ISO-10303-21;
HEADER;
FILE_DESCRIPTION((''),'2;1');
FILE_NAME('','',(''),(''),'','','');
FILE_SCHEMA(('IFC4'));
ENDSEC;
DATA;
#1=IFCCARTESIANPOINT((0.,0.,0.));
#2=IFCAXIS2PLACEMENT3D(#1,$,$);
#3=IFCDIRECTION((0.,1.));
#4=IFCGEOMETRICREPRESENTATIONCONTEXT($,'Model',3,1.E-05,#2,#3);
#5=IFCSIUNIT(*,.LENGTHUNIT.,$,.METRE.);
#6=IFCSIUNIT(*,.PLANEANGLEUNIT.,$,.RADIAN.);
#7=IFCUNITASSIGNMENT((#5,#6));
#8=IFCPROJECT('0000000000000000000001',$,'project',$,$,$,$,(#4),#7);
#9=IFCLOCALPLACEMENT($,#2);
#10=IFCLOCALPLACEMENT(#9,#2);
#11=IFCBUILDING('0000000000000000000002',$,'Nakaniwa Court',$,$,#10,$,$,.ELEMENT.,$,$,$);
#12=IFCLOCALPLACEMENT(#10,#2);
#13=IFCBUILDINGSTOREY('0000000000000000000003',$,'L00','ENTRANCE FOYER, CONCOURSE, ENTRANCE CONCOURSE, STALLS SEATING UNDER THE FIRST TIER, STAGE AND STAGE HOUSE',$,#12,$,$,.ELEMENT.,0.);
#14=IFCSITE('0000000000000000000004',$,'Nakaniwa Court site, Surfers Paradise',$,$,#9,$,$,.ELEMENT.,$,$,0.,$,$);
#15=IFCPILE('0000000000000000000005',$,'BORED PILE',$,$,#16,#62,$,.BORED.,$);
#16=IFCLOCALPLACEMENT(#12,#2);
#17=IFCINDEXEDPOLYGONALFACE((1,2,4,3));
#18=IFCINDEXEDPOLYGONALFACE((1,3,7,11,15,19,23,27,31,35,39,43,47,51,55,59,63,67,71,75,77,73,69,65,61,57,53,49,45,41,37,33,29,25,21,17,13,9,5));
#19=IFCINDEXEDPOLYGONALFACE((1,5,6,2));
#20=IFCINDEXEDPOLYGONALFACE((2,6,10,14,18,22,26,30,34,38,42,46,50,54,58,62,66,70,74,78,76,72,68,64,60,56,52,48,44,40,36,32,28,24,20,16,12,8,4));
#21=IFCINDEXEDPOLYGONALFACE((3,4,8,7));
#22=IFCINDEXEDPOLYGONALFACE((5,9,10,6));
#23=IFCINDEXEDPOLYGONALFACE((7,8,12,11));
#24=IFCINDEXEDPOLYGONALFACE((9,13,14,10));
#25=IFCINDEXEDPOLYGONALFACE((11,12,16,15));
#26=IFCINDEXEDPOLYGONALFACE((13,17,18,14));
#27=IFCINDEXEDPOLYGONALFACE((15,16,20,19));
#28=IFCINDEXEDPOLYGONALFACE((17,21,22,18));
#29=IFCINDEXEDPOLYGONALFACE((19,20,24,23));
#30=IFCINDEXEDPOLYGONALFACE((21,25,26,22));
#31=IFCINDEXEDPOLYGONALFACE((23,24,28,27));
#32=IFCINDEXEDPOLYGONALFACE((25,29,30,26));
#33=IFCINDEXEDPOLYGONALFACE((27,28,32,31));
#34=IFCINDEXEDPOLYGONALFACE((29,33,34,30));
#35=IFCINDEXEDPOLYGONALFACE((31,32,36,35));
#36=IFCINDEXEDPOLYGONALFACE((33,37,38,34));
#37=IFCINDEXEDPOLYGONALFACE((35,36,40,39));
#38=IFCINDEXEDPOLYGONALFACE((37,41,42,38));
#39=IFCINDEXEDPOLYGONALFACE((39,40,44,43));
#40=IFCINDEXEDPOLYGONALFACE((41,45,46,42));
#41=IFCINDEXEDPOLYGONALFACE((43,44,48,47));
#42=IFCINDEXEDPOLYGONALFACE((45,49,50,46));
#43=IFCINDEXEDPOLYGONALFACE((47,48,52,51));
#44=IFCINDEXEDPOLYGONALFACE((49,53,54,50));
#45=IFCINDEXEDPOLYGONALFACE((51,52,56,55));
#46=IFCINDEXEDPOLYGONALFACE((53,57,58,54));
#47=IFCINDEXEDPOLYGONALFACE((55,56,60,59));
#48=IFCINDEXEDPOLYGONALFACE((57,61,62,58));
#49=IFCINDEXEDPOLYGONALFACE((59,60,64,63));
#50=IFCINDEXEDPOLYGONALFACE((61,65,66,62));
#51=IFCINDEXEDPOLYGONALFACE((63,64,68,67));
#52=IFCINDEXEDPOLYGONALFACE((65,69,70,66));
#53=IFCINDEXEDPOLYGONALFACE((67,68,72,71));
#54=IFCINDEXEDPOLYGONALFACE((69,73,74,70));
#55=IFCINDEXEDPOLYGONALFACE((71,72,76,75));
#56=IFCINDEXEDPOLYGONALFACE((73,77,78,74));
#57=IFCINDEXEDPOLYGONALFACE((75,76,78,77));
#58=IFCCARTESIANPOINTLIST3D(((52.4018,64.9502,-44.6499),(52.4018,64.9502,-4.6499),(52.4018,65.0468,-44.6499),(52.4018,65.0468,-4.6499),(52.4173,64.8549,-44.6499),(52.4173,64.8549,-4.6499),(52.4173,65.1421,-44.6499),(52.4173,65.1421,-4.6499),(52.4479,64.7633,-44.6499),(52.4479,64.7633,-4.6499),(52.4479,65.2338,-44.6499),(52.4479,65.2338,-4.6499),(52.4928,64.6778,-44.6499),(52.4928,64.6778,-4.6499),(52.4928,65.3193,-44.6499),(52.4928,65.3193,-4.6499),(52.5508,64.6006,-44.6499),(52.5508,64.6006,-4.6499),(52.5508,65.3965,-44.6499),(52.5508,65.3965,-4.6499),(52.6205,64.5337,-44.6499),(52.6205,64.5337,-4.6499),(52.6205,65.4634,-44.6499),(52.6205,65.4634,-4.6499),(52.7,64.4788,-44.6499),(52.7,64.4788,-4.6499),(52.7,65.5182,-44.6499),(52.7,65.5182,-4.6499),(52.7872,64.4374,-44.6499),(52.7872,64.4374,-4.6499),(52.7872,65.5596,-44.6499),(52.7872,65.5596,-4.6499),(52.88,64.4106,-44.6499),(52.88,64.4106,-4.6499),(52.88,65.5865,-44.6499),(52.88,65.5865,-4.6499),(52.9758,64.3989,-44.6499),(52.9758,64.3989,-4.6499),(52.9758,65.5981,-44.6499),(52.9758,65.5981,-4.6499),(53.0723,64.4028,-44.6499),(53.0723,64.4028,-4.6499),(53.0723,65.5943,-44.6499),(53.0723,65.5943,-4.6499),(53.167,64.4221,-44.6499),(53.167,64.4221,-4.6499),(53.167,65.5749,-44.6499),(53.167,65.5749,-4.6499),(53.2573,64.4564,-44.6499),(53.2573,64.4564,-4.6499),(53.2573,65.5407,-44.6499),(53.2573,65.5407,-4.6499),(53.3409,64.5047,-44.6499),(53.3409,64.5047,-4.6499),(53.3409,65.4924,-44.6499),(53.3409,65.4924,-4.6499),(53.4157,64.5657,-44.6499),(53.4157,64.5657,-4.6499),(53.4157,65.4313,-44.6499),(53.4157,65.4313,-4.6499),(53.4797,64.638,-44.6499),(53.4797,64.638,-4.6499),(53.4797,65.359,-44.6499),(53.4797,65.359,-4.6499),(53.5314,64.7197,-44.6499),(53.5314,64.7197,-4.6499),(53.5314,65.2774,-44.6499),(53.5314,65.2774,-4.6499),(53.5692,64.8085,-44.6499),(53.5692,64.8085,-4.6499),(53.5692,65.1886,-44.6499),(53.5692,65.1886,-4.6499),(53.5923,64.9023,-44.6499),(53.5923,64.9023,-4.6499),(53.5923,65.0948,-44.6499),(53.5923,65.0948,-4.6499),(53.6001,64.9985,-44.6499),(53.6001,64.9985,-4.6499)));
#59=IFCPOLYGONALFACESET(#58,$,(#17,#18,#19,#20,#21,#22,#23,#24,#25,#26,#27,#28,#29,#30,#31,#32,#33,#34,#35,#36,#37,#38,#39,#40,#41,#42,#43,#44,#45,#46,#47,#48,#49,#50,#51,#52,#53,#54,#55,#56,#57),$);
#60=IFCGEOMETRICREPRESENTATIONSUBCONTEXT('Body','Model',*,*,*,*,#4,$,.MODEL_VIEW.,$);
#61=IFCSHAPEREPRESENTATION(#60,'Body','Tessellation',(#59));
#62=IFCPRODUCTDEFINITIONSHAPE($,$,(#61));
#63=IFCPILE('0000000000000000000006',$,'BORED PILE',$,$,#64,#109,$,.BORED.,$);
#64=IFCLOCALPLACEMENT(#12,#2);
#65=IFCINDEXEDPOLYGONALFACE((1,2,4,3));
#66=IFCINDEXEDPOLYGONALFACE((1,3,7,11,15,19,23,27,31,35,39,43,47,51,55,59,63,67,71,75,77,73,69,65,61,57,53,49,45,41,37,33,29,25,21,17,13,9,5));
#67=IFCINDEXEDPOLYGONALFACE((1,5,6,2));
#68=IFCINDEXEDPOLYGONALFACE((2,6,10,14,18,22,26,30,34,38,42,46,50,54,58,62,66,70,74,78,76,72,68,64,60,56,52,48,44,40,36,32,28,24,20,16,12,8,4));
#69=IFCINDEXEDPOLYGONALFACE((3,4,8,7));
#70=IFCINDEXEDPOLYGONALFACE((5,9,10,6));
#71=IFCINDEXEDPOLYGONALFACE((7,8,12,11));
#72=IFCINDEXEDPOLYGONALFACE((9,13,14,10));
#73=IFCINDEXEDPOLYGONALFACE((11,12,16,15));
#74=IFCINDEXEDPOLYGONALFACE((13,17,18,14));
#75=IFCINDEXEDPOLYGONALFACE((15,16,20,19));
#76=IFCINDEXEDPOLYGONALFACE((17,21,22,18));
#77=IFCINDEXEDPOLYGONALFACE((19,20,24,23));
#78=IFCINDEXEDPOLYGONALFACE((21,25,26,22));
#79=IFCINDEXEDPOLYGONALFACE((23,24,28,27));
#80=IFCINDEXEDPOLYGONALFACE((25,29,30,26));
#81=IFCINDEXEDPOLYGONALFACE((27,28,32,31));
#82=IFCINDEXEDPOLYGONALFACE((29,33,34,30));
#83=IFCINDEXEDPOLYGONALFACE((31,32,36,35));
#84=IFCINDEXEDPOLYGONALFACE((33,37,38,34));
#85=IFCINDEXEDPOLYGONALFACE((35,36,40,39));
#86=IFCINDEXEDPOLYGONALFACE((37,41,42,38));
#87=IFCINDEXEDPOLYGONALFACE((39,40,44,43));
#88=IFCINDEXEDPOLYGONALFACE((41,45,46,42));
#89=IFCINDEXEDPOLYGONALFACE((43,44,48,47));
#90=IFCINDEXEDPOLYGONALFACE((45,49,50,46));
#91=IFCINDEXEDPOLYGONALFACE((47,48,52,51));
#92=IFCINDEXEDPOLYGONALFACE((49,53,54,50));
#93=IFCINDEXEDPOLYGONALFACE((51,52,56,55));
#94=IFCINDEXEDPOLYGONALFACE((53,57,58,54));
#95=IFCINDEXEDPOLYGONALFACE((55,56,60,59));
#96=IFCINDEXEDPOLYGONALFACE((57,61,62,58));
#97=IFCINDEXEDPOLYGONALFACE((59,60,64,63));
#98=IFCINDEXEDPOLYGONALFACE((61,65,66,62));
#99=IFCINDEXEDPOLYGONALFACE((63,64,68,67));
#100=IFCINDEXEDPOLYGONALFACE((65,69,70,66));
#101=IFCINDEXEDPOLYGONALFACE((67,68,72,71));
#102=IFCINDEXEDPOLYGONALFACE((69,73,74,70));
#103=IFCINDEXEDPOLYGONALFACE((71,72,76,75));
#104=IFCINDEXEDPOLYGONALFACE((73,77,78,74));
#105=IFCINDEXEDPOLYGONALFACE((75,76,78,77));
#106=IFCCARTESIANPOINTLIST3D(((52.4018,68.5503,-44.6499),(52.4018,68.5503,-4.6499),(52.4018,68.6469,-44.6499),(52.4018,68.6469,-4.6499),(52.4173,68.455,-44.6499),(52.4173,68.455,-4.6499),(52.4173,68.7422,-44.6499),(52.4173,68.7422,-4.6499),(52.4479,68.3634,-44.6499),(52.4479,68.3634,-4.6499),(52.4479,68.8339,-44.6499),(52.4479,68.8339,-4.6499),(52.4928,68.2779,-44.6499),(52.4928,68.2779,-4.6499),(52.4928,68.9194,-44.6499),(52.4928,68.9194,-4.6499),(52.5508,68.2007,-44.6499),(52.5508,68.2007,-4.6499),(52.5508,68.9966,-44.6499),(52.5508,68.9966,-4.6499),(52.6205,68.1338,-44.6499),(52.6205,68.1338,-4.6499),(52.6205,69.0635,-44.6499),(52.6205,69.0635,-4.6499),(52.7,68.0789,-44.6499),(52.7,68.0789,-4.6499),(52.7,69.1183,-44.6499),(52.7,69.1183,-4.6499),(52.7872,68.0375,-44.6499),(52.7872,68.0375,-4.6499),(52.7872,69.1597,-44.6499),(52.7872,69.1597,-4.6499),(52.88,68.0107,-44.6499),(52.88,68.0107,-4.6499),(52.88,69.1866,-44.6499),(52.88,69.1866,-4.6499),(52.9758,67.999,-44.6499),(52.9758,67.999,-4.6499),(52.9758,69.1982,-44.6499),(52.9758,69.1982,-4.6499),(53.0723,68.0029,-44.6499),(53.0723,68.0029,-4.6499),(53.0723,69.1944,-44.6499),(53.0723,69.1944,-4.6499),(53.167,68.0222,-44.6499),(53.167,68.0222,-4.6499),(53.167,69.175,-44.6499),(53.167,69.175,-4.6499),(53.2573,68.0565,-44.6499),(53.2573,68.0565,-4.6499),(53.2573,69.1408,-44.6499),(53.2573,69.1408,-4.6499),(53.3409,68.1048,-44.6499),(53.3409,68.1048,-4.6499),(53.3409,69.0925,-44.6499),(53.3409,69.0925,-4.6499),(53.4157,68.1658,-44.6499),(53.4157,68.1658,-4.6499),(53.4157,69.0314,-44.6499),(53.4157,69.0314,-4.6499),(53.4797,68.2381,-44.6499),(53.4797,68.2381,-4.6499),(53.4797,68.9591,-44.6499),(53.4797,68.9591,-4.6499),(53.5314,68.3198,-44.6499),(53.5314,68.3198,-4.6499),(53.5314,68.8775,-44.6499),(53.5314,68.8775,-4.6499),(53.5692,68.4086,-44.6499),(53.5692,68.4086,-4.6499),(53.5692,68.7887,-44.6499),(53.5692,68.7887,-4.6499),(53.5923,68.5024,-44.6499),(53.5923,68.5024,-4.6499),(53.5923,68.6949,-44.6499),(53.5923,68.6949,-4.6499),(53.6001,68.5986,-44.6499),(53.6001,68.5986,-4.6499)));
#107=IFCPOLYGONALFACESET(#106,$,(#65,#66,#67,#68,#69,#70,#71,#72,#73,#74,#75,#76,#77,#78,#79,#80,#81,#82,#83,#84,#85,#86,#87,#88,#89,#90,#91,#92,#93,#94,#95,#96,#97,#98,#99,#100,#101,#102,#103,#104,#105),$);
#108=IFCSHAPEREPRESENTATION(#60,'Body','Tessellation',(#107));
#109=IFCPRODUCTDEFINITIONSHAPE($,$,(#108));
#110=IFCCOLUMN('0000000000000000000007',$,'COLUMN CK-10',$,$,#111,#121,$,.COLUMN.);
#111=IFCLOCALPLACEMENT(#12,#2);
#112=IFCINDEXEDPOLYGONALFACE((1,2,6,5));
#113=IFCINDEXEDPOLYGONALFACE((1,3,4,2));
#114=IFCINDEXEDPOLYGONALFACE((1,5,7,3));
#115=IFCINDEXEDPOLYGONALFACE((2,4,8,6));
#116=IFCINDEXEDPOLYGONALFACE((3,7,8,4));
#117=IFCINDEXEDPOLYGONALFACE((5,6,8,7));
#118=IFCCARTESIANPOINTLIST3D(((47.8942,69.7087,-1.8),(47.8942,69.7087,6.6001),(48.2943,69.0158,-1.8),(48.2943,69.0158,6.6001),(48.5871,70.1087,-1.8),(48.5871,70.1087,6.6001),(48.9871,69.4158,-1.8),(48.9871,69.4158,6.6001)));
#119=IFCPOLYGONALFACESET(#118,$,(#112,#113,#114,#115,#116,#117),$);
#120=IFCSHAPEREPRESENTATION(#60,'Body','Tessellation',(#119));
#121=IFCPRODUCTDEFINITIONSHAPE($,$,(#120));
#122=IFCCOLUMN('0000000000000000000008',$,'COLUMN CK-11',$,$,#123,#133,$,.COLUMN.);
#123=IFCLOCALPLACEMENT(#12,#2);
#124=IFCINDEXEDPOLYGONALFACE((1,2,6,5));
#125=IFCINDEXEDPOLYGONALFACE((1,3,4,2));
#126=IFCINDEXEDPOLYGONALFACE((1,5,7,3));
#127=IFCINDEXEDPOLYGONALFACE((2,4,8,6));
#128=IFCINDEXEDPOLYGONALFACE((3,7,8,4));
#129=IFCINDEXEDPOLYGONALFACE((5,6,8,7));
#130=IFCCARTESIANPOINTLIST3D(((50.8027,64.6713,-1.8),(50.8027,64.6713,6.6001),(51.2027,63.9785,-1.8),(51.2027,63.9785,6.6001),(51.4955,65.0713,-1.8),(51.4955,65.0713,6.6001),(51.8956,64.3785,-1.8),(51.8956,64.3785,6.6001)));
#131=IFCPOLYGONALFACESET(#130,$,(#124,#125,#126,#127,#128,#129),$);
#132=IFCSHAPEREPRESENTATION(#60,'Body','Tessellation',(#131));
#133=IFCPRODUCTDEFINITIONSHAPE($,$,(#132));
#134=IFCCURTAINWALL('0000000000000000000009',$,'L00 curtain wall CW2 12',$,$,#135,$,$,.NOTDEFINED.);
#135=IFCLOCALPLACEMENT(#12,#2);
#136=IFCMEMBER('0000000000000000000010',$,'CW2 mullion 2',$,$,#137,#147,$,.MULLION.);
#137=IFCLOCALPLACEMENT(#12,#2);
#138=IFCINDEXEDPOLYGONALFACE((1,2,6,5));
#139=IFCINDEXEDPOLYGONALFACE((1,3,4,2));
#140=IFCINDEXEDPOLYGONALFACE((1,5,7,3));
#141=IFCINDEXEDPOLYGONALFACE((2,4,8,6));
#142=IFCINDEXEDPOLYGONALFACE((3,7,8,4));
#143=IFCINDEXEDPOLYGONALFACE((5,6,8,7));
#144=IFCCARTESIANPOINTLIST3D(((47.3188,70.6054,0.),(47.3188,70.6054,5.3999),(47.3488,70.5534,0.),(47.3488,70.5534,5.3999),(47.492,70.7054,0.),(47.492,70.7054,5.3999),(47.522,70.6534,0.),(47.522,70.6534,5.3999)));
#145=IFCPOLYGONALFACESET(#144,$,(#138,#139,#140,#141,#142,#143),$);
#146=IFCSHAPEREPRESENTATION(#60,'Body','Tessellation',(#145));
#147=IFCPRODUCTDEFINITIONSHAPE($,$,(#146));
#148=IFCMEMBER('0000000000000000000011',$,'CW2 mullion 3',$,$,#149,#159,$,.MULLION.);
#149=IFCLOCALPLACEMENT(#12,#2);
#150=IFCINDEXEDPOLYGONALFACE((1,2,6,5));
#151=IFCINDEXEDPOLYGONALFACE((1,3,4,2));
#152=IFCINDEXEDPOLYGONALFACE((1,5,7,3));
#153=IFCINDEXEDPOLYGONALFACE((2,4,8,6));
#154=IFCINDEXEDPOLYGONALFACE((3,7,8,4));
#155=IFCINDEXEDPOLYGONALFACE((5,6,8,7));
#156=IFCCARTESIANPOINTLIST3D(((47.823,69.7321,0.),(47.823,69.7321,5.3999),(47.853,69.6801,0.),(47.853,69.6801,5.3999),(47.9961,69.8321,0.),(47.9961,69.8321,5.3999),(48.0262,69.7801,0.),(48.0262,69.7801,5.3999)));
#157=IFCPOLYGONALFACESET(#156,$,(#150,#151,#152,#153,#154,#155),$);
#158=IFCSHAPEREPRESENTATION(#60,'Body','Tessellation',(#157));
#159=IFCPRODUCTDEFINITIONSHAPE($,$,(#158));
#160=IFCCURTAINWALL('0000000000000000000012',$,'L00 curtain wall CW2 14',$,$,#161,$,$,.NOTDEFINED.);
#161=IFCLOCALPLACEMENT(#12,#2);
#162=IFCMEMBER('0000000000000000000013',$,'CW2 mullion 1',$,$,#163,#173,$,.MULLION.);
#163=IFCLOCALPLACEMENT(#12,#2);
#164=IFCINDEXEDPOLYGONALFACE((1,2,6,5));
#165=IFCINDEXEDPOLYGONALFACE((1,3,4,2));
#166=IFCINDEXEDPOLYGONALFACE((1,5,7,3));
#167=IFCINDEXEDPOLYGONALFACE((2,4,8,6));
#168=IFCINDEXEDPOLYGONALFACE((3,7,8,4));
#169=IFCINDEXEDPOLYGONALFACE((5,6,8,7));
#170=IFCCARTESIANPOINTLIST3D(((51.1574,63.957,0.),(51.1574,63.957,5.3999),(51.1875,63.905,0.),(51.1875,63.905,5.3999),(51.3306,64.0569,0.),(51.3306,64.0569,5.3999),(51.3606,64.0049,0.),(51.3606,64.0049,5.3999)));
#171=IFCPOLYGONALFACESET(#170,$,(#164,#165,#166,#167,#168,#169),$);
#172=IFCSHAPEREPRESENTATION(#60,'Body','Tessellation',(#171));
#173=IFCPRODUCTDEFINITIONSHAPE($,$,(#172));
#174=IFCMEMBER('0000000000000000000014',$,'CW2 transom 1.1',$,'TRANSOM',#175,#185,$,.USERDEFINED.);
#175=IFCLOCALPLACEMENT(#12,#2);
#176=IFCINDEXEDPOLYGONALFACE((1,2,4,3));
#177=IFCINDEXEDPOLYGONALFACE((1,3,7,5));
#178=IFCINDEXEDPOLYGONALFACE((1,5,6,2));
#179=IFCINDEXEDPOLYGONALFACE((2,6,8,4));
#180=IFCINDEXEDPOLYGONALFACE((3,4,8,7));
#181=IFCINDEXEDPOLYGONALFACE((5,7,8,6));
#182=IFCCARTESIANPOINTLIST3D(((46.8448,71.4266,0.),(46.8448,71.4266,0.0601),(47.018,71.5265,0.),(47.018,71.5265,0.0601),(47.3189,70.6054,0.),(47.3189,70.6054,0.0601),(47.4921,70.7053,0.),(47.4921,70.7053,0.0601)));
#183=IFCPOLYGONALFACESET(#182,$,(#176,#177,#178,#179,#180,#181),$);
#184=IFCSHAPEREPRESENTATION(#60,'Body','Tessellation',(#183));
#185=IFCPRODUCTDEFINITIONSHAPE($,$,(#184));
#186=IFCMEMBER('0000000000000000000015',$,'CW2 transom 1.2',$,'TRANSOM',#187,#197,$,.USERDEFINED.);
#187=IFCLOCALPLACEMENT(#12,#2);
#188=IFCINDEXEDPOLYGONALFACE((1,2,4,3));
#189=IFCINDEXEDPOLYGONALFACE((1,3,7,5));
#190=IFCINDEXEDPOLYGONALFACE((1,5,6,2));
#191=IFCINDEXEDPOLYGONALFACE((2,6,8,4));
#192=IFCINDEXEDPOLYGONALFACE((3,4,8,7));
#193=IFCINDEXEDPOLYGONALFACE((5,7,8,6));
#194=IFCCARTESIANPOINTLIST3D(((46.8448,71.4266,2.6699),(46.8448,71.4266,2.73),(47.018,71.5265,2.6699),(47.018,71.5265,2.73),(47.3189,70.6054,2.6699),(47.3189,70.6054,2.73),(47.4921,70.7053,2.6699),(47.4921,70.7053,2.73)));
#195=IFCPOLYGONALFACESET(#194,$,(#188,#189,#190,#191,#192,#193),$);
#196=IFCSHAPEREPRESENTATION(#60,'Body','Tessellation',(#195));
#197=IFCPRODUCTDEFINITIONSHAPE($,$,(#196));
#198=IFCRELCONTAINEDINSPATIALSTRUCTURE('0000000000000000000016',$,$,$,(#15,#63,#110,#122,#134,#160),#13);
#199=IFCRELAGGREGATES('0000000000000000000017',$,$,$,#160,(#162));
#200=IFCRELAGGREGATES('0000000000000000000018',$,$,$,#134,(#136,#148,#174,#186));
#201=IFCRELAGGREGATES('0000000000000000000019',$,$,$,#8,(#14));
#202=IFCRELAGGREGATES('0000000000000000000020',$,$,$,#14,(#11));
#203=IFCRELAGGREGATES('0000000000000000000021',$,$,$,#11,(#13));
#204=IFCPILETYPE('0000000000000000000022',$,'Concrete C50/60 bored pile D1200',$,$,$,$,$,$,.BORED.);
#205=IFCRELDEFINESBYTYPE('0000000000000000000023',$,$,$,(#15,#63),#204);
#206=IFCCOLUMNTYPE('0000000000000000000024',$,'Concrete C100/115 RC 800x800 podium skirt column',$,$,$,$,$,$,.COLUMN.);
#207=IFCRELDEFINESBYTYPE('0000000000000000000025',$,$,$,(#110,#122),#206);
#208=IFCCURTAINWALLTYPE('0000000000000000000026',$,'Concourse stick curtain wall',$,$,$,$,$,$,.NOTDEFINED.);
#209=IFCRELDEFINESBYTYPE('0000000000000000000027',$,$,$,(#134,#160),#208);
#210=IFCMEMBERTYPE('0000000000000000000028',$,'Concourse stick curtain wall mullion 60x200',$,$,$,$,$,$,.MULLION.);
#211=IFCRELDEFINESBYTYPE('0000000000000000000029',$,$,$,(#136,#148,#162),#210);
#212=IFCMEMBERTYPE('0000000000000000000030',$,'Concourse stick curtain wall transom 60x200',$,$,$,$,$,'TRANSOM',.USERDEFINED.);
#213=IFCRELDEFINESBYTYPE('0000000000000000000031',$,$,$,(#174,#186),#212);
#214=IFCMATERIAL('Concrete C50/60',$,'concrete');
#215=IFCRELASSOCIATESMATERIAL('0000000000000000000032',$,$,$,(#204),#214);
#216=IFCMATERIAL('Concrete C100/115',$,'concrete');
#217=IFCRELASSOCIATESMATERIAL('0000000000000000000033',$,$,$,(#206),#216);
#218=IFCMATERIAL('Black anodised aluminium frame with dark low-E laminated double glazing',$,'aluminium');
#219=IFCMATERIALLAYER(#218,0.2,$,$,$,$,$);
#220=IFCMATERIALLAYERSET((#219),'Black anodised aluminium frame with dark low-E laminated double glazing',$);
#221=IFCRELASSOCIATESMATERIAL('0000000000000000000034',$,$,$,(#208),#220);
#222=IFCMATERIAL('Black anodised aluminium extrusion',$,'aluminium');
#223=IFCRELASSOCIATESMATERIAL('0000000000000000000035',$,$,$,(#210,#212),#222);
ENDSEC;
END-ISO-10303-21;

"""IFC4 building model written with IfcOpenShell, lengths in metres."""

from ifc_helpers import new_model, si_unit, direction, frame, origin, origin_2d, place, context, subcontext, project, spatial, rectangle, circle, extrude, material, layer, layer_set, material_profile, profile_set, type_object, element, aggregate, save


model = new_model("IFC4")

# Units and contexts
model_context = context("Model", 3, precision=1e-05, world=origin(), true_north=direction((0.0, 1.0)))
body_context = subcontext(model_context, "Body", "Model", "MODEL_VIEW")
ifc_project = project(units=[si_unit("LENGTHUNIT", "METRE"), si_unit("PLANEANGLEUNIT", "RADIAN")], contexts=[model_context])

# Site, building, storey
site_placement = place(None, origin())
site = spatial("IfcSite", under=ifc_project, at=site_placement, Name="Nakaniwa Court site, Surfers Paradise", CompositionType="ELEMENT", RefElevation=0.0)
building_placement = place(site_placement, origin())
building = spatial("IfcBuilding", under=site, at=building_placement, Name="Nakaniwa Court", CompositionType="ELEMENT")
storey_placement = place(building_placement, origin())
storey = spatial("IfcBuildingStorey", under=building, at=storey_placement, Name="L00", Description="ENTRANCE FOYER, CONCOURSE, ENTRANCE CONCOURSE, STALLS SEATING UNDER THE FIRST TIER, STAGE AND STAGE HOUSE", CompositionType="ELEMENT", Elevation=0.0)

# Piles
ifc_material_1 = material(Name="Concrete C50/60", Category="concrete")
ifc_material_profile_1 = material_profile(ifc_material_1, circle(Radius=0.6001, at=origin_2d()), Name="Concrete C50/60 bored pile D1200")
ifc_profile_set_1 = profile_set([ifc_material_profile_1], Name="Concrete C50/60")
pile_type = type_object("IfcPileType", Name="Concrete C50/60 bored pile D1200", PredefinedType="BORED", material=ifc_profile_set_1)
for number, where, z_axis, x_axis, name in (
    (1, (53.0, 64.9985, -4.6499), (0.0, 0.0, -1.0), (1.0, 0.0, 0.0), "BORED PILE"),
    (2, (53.0, 68.5986, -4.6499), (0.0, 0.0, -1.0), (1.0, 0.0, 0.0), "BORED PILE"),
):
    element("IfcPile", number, at=place(storey_placement, frame(where, z_axis=z_axis, x_axis=x_axis)), inside=storey, type_object=pile_type, Name=name, PredefinedType="BORED", context=body_context, shape_type="SweptSolid", body=[
        extrude(circle(Radius=0.6001, at=origin_2d()), origin(), (0.0, 0.0, 1.0), 40.0),
    ])

# Columns
ifc_material_2 = material(Name="Concrete C100/115", Category="concrete")
ifc_material_profile_2 = material_profile(ifc_material_2, rectangle(XDim=0.8, YDim=0.8, at=origin_2d()), Name="Concrete C100/115 RC 800x800 podium skirt column")
ifc_profile_set_2 = profile_set([ifc_material_profile_2], Name="Concrete C100/115")
column_type = type_object("IfcColumnType", Name="Concrete C100/115 RC 800x800 podium skirt column", PredefinedType="COLUMN", material=ifc_profile_set_2)
for number, where, z_axis, x_axis, name in (
    (3, (48.4407, 69.5623, -1.8), (0.0, 0.0, 1.0), (0.5, -0.866025, 0.0), "COLUMN CK-10"),
    (4, (51.3491, 64.5249, -1.8), (0.0, 0.0, 1.0), (0.5, -0.866025, 0.0), "COLUMN CK-11"),
):
    element("IfcColumn", number, at=place(storey_placement, frame(where, z_axis=z_axis, x_axis=x_axis)), inside=storey, type_object=column_type, Name=name, PredefinedType="COLUMN", context=body_context, shape_type="SweptSolid", body=[
        extrude(rectangle(XDim=0.8, YDim=0.8, at=origin_2d()), origin(), (0.0, 0.0, 1.0), 8.4001),
    ])

# Curtain wall, members
ifc_material_3 = material(Name="Black anodised aluminium frame with dark low-E laminated double glazing", Category="aluminium")
ifc_layer_1 = layer(ifc_material_3, 0.2)
ifc_layer_set_1 = layer_set([ifc_layer_1], Name="Black anodised aluminium frame with dark low-E laminated double glazing")
curtain_wall_type = type_object("IfcCurtainWallType", Name="Concourse stick curtain wall", PredefinedType="NOTDEFINED", material=ifc_layer_set_1)
curtain_wall_1_placement = place(storey_placement, origin())
curtain_wall_1 = element("IfcCurtainWall", 5, at=curtain_wall_1_placement, inside=storey, type_object=curtain_wall_type, Name="L00 curtain wall CW2 12", PredefinedType="NOTDEFINED")
ifc_material_4 = material(Name="Black anodised aluminium extrusion", Category="aluminium")
ifc_material_profile_3 = material_profile(ifc_material_4, rectangle(XDim=0.2, YDim=0.0601, at=origin_2d()), Name="Concourse stick curtain wall mullion 60x200")
ifc_profile_set_3 = profile_set([ifc_material_profile_3], Name="Black anodised aluminium extrusion")
member_type_1 = type_object("IfcMemberType", Name="Concourse stick curtain wall mullion 60x200", PredefinedType="MULLION", material=ifc_profile_set_3)
member_1_placement = place(storey_placement, frame((47.4204, 70.6294, 0.0), z_axis=(0.0, 0.0, 1.0), x_axis=(0.866036, 0.499982, 0.0)))
member_1 = element("IfcMember", 6, at=member_1_placement, type_object=member_type_1, Name="CW2 mullion 2", PredefinedType="MULLION", context=body_context, shape_type="SweptSolid", body=[
    extrude(rectangle(XDim=0.2, YDim=0.0601, at=origin_2d()), origin(), (0.0, 0.0, 1.0), 5.3999),
])
member_2_placement = place(storey_placement, frame((47.9246, 69.7561, 0.0), z_axis=(0.0, 0.0, 1.0), x_axis=(0.866036, 0.499982, 0.0)))
member_2 = element("IfcMember", 7, at=member_2_placement, type_object=member_type_1, Name="CW2 mullion 3", PredefinedType="MULLION", context=body_context, shape_type="SweptSolid", body=[
    extrude(rectangle(XDim=0.2, YDim=0.0601, at=origin_2d()), origin(), (0.0, 0.0, 1.0), 5.3999),
])

# Curtain wall, member
curtain_wall_2_placement = place(storey_placement, origin())
curtain_wall_2 = element("IfcCurtainWall", 8, at=curtain_wall_2_placement, inside=storey, type_object=curtain_wall_type, Name="L00 curtain wall CW2 14", PredefinedType="NOTDEFINED")
member_3_placement = place(storey_placement, frame((51.259, 63.981, 0.0), z_axis=(0.0, 0.0, 1.0), x_axis=(0.866034, 0.499985, 0.0)))
member_3 = element("IfcMember", 9, at=member_3_placement, type_object=member_type_1, Name="CW2 mullion 1", PredefinedType="MULLION", context=body_context, shape_type="SweptSolid", body=[
    extrude(rectangle(XDim=0.2, YDim=0.0601, at=origin_2d()), origin(), (0.0, 0.0, 1.0), 5.3999),
])

# Members
ifc_material_profile_4 = material_profile(ifc_material_4, rectangle(XDim=0.2, YDim=0.0601, at=origin_2d()), Name="Concourse stick curtain wall transom 60x200")
ifc_profile_set_4 = profile_set([ifc_material_profile_4], Name="Black anodised aluminium extrusion")
member_type_2 = type_object("IfcMemberType", Name="Concourse stick curtain wall transom 60x200", ElementType="TRANSOM", PredefinedType="USERDEFINED", material=ifc_profile_set_4)
member_4_placement = place(storey_placement, frame((46.9314, 71.4766, 0.03), z_axis=(0.49996, -0.866048, 0.0), x_axis=(0.866048, 0.49996, 0.0)))
member_4 = element("IfcMember", 10, at=member_4_placement, type_object=member_type_2, Name="CW2 transom 1.1", ObjectType="TRANSOM", PredefinedType="USERDEFINED", context=body_context, shape_type="SweptSolid", body=[
    extrude(rectangle(XDim=0.2, YDim=0.0601, at=origin_2d()), origin(), (0.0, 0.0, 1.0), 0.9482),
])
member_5_placement = place(storey_placement, frame((46.9314, 71.4766, 2.7), z_axis=(0.49996, -0.866048, 0.0), x_axis=(0.866048, 0.49996, 0.0)))
member_5 = element("IfcMember", 11, at=member_5_placement, type_object=member_type_2, Name="CW2 transom 1.2", ObjectType="TRANSOM", PredefinedType="USERDEFINED", context=body_context, shape_type="SweptSolid", body=[
    extrude(rectangle(XDim=0.2, YDim=0.0601, at=origin_2d()), origin(), (0.0, 0.0, 1.0), 0.9482),
])
aggregate(curtain_wall_2, [member_3])

aggregate(curtain_wall_1, [member_1, member_2, member_4, member_5])

save(model, "model.ifc")
